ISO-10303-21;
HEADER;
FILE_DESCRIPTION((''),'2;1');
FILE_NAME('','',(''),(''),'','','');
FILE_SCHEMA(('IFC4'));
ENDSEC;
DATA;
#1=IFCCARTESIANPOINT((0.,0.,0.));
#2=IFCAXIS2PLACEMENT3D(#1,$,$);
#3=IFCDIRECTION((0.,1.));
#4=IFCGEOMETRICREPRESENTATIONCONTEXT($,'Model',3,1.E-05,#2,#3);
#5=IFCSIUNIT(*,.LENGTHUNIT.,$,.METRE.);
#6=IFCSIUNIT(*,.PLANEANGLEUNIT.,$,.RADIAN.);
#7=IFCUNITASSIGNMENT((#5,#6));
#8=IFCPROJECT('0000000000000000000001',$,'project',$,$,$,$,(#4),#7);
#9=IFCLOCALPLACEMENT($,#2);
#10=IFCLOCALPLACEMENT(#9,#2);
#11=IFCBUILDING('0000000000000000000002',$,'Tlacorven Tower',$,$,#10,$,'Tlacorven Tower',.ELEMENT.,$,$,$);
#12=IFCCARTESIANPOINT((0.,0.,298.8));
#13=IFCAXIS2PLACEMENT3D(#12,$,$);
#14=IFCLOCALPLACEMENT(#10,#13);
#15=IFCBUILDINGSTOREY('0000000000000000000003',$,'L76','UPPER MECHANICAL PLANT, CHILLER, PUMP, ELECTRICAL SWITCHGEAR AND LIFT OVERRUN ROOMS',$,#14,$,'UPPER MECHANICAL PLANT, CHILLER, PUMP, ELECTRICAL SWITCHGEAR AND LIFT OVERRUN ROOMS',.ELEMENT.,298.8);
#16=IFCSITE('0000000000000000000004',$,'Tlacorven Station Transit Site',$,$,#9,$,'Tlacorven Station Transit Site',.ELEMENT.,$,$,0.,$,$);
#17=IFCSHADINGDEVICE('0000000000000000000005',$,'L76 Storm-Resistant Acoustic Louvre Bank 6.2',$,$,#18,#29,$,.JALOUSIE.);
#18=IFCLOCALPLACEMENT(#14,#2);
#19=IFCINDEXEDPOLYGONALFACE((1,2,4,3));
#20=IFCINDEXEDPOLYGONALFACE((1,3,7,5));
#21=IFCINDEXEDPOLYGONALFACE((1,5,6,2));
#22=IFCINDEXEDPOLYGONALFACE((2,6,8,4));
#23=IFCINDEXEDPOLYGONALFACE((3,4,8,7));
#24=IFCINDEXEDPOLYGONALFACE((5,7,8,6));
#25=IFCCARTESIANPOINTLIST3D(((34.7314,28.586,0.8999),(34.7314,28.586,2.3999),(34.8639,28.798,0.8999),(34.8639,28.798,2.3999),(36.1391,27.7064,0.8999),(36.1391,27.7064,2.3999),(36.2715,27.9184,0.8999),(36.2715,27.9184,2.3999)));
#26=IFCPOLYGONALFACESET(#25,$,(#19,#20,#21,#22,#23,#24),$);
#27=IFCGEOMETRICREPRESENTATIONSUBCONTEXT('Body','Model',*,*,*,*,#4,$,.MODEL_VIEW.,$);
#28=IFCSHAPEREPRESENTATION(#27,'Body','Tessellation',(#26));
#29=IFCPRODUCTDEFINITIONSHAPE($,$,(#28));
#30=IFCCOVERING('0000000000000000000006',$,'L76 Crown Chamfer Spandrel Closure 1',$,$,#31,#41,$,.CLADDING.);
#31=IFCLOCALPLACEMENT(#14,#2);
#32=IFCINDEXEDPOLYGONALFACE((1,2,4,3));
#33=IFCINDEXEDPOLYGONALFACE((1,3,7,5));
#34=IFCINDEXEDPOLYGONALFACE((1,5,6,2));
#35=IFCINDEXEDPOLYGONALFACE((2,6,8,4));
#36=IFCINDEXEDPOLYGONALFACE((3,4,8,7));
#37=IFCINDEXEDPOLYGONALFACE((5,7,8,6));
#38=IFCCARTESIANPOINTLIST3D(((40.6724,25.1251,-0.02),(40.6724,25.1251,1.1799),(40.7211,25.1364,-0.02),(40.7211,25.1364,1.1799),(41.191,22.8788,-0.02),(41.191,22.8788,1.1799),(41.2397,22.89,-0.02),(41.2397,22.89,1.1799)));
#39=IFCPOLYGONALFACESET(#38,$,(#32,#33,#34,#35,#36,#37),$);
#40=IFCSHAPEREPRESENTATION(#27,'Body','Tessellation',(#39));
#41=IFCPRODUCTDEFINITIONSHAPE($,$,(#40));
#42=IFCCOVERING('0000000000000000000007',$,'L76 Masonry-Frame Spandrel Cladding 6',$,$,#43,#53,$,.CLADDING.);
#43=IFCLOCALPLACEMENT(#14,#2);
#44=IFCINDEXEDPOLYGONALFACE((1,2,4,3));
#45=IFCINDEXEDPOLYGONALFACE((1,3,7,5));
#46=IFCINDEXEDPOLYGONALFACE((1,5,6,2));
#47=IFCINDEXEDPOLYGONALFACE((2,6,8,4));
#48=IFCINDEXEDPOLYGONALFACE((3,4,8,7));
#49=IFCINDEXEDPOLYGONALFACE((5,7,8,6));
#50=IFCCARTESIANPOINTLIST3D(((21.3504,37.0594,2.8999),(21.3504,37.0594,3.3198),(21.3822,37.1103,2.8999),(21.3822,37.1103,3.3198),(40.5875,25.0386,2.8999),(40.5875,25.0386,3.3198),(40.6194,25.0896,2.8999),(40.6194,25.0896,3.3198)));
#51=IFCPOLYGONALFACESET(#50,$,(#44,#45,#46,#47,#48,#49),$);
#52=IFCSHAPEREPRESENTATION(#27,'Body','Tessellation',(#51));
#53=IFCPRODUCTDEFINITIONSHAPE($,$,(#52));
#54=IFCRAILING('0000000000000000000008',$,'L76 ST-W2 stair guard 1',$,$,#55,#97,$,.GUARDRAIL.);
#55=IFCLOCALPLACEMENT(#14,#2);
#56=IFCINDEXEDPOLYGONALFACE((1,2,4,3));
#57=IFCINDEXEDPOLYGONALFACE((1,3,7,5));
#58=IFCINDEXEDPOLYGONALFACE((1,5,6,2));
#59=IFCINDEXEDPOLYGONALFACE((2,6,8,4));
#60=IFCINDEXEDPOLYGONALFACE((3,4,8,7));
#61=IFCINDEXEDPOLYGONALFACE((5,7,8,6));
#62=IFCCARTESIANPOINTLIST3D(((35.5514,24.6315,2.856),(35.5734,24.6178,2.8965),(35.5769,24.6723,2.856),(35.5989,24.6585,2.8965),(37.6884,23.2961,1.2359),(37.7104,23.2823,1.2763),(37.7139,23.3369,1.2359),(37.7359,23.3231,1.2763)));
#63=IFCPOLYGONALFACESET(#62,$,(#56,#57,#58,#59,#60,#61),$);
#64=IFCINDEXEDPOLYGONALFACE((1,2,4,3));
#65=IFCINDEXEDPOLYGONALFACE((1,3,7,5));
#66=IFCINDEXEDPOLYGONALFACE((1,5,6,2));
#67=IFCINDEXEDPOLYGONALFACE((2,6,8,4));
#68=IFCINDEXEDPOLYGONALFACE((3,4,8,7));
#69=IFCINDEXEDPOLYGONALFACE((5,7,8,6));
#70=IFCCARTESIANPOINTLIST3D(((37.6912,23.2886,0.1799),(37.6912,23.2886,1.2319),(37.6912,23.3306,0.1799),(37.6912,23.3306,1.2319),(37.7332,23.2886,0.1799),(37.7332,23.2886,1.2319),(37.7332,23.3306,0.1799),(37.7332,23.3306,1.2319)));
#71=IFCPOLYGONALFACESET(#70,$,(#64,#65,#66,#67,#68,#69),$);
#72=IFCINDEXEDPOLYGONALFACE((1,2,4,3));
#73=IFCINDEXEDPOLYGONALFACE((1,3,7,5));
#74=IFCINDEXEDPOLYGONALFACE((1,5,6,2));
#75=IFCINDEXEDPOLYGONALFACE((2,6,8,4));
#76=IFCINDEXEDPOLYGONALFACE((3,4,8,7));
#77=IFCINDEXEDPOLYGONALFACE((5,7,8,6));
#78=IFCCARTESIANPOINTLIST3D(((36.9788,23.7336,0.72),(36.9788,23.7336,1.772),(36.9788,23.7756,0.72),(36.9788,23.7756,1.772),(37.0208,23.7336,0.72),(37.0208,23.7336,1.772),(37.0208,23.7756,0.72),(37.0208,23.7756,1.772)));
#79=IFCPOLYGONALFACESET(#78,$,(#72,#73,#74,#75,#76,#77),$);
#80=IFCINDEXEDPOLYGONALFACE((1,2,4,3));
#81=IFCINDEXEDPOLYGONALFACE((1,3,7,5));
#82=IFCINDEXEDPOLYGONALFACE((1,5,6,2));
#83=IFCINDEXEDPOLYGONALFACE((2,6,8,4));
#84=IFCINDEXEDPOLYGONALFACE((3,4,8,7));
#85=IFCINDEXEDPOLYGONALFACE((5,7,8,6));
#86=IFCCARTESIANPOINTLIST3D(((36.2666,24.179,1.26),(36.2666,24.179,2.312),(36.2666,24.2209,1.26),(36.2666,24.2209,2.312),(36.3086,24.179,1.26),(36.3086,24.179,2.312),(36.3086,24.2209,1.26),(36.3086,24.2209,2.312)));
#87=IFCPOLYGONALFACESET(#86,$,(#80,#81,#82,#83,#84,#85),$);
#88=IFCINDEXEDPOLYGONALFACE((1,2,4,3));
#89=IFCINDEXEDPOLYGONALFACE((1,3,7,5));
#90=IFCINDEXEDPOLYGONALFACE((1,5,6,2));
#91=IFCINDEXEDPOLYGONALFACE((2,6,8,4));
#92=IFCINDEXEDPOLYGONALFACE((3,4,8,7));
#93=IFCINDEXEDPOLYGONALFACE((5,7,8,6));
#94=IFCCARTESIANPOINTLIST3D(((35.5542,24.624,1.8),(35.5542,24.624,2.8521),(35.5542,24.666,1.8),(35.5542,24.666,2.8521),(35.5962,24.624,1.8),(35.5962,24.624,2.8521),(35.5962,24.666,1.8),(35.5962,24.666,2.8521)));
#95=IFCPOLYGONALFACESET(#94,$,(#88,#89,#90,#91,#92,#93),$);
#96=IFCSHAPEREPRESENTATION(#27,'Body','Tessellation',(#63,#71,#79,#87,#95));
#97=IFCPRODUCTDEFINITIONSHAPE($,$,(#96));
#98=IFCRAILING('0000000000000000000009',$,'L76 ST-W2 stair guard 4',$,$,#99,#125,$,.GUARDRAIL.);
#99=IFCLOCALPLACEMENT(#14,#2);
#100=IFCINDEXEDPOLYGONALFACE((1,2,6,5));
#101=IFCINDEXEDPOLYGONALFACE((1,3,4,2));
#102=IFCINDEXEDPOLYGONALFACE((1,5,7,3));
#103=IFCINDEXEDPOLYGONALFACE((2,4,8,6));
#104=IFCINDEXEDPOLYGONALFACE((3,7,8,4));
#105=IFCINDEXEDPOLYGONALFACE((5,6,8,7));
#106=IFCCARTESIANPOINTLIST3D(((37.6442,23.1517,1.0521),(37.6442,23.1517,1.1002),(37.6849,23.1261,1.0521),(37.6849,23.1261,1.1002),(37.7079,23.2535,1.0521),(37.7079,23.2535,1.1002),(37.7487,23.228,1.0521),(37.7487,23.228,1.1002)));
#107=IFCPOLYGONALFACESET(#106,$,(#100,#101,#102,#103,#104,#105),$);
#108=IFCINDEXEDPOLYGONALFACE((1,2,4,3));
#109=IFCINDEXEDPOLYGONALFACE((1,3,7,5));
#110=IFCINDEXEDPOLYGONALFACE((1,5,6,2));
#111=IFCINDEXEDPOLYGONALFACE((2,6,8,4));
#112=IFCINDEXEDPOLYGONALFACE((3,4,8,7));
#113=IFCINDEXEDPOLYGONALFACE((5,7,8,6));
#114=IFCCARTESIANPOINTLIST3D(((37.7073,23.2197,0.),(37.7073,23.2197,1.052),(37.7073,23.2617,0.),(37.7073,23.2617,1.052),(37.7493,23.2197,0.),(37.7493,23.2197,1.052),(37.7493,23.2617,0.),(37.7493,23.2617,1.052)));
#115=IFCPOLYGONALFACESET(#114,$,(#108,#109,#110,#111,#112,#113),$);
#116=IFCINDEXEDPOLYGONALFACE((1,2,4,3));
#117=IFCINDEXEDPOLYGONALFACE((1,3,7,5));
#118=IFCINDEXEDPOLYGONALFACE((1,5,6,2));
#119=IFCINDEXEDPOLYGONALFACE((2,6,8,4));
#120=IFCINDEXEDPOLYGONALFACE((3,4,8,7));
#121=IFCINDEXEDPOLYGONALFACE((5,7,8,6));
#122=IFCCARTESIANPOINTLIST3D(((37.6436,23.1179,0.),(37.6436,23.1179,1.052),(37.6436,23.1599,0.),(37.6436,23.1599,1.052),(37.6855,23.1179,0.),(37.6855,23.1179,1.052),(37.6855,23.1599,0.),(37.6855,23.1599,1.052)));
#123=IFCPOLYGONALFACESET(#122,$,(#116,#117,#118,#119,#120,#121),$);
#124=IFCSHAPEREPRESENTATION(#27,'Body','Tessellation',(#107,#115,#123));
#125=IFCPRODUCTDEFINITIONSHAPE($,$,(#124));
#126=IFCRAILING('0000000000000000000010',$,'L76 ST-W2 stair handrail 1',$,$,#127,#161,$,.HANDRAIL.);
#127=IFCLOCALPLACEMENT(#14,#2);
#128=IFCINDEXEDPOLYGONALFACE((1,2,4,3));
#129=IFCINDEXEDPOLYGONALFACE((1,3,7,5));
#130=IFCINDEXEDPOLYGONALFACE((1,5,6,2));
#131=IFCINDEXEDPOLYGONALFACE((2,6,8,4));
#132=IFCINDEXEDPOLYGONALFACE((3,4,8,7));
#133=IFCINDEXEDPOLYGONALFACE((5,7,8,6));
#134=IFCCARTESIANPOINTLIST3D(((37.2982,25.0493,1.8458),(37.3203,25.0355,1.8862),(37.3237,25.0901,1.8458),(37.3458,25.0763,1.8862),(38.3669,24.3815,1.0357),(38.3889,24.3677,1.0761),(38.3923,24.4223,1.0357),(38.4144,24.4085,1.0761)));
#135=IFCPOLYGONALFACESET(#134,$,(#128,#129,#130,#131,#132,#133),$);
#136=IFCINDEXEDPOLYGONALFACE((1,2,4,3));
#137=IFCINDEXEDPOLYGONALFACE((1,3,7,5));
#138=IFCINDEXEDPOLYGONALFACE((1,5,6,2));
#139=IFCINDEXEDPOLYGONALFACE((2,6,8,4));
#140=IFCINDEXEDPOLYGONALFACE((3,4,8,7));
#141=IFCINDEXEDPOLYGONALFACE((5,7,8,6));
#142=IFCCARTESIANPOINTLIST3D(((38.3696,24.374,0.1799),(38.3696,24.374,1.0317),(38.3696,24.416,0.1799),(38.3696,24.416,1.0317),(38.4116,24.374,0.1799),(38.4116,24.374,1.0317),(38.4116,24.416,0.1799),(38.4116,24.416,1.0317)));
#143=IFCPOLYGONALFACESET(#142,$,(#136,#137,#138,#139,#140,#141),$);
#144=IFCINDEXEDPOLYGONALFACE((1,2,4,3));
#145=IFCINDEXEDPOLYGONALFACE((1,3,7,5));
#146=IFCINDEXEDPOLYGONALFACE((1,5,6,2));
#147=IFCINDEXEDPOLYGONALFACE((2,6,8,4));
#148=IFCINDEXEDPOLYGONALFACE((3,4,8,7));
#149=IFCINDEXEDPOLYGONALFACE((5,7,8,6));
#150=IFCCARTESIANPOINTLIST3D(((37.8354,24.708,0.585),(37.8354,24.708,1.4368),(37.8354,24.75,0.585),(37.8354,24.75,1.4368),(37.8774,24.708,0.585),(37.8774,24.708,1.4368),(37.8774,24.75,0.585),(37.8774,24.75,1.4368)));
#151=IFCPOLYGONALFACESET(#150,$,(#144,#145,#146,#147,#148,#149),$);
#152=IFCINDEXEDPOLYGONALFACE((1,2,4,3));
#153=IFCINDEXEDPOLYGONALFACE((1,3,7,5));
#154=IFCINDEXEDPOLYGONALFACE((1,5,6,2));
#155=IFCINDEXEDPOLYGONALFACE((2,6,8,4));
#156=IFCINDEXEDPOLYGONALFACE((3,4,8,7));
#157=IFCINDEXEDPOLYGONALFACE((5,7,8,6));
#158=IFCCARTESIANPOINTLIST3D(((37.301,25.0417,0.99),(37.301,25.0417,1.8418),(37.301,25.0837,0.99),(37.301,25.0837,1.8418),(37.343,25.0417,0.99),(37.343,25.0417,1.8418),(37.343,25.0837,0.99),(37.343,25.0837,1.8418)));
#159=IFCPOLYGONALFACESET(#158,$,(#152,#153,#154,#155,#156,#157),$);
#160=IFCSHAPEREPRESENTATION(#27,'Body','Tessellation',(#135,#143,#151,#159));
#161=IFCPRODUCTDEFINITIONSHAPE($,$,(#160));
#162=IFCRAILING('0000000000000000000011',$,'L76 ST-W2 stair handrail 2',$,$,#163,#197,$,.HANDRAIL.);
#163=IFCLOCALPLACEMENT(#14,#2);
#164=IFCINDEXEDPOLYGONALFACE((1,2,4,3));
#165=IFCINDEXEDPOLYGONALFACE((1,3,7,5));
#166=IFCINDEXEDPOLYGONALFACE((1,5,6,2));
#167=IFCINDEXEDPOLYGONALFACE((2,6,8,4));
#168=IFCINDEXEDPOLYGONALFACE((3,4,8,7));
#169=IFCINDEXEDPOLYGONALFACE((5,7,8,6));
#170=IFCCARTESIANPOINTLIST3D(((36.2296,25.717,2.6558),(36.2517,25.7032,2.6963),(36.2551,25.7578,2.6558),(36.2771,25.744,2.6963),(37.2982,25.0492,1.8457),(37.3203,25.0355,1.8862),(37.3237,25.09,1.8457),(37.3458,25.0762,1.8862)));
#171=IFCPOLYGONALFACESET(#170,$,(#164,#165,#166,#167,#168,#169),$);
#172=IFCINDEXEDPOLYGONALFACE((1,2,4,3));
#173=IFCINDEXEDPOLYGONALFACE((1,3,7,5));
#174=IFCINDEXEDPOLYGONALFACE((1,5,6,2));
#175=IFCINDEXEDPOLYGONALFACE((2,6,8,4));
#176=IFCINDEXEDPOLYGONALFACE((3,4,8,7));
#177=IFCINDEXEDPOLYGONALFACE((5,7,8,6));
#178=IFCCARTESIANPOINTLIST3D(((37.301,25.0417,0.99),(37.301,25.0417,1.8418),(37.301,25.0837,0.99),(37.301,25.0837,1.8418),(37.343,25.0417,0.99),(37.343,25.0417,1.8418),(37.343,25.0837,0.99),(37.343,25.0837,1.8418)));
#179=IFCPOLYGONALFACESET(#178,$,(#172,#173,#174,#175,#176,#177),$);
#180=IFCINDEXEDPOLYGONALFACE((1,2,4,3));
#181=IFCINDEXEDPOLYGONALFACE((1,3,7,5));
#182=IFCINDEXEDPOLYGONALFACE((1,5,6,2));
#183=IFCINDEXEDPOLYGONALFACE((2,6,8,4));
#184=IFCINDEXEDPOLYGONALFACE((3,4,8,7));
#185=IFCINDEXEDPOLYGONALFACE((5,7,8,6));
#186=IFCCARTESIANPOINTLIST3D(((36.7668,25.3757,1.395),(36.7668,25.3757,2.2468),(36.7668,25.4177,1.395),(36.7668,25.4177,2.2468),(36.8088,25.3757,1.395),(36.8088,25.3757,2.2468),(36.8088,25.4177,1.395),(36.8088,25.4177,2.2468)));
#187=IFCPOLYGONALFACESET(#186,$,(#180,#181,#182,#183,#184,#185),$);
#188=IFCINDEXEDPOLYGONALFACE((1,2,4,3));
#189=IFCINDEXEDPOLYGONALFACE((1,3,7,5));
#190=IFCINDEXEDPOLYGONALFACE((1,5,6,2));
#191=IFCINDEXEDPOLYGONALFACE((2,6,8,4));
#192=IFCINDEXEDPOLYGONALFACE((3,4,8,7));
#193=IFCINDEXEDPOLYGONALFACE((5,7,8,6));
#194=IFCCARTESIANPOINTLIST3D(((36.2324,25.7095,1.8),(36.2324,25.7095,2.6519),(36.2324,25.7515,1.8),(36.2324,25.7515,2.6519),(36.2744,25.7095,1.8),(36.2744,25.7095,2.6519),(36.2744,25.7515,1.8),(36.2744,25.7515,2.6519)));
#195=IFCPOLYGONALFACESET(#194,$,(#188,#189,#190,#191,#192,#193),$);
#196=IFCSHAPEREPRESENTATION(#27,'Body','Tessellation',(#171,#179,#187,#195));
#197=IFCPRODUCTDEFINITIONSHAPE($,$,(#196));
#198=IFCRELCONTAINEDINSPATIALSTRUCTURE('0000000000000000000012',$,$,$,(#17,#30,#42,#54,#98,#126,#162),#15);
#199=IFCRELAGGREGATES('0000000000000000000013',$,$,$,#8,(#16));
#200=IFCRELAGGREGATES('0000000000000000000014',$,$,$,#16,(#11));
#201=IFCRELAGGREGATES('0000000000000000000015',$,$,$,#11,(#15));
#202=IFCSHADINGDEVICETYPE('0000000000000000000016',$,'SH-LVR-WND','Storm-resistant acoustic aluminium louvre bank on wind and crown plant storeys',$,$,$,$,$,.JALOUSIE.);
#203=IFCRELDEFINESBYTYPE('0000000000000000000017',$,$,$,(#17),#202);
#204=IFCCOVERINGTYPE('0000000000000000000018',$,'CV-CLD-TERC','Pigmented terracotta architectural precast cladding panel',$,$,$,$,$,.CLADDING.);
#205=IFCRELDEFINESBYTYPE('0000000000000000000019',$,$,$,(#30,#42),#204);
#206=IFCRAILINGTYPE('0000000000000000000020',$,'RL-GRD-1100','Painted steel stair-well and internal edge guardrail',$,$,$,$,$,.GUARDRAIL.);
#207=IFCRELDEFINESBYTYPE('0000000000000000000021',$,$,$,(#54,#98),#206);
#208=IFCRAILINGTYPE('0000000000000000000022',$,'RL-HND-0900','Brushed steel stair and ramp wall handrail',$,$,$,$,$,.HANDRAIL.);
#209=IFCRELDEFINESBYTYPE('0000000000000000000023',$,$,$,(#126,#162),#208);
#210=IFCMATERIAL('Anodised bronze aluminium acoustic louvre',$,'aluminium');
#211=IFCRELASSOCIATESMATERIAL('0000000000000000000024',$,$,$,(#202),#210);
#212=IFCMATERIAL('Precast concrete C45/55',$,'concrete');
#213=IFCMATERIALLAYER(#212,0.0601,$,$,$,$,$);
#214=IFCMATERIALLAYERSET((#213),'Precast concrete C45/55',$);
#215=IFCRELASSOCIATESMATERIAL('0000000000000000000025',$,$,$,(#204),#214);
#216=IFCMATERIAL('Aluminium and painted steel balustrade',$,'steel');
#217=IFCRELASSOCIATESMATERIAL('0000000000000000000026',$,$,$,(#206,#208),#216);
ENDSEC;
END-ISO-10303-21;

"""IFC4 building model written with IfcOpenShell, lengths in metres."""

from ifc_helpers import new_model, si_unit, direction, frame, origin, origin_2d, place, context, subcontext, project, spatial, rectangle, extrude, source, transform, mapped, material, layer, layer_set, type_object, element, save


model = new_model("IFC4")

# Units and contexts
model_context = context("Model", 3, precision=1e-05, world=origin(), true_north=direction((0.0, 1.0)))
body_context = subcontext(model_context, "Body", "Model", "MODEL_VIEW")
ifc_project = project(units=[si_unit("LENGTHUNIT", "METRE"), si_unit("PLANEANGLEUNIT", "RADIAN")], contexts=[model_context])

# Site, building, storey
site_placement = place(None, origin())
site = spatial("IfcSite", under=ifc_project, at=site_placement, Name="Tlacorven Station Transit Site", LongName="Tlacorven Station Transit Site", CompositionType="ELEMENT", RefElevation=0.0)
building_placement = place(site_placement, origin())
building = spatial("IfcBuilding", under=site, at=building_placement, Name="Tlacorven Tower", LongName="Tlacorven Tower", CompositionType="ELEMENT")
storey_placement = place(building_placement, frame((0.0, 0.0, 298.8)))
storey = spatial("IfcBuildingStorey", under=building, at=storey_placement, Name="L76", Description="UPPER MECHANICAL PLANT, CHILLER, PUMP, ELECTRICAL SWITCHGEAR AND LIFT OVERRUN ROOMS", LongName="UPPER MECHANICAL PLANT, CHILLER, PUMP, ELECTRICAL SWITCHGEAR AND LIFT OVERRUN ROOMS", CompositionType="ELEMENT", Elevation=298.8)

# Shared definitions
ifc_material_1 = material(Name="Precast concrete C45/55", Category="concrete")

# Shading device
ifc_material_2 = material(Name="Anodised bronze aluminium acoustic louvre", Category="aluminium")
shading_device_type = type_object("IfcShadingDeviceType", Name="SH-LVR-WND", Description="Storm-resistant acoustic aluminium louvre bank on wind and crown plant storeys", PredefinedType="JALOUSIE", material=ifc_material_2)
shared_shape_1 = source(origin(), body_context, "Body", "SweptSolid", [
    extrude(rectangle(XDim=1.6599, YDim=0.25, at=origin_2d()), origin(), (0.0, 0.0, 1.0), 1.5),
])
shading_device_placement = place(storey_placement, frame((35.5015, 28.2522, 0.8999), z_axis=(0.0, 0.0, 1.0), x_axis=(0.848048, -0.529919, 0.0)))
element("IfcShadingDevice", 1, at=shading_device_placement, inside=storey, type_object=shading_device_type, Name="L76 Storm-Resistant Acoustic Louvre Bank 6.2", PredefinedType="JALOUSIE", context=body_context, shape_type="MappedRepresentation", body=[
    mapped(shared_shape_1, transform((0.0, 0.0, 0.0), scale=1.0)),
])

# Coverings
ifc_layer_1 = layer(ifc_material_1, 0.0601)
ifc_layer_set_1 = layer_set([ifc_layer_1], Name="Precast concrete C45/55")
covering_type = type_object("IfcCoveringType", Name="CV-CLD-TERC", Description="Pigmented terracotta architectural precast cladding panel", PredefinedType="CLADDING", material=ifc_layer_set_1)
shared_shape_2 = source(origin(), body_context, "Body", "SweptSolid", [
    extrude(rectangle(XDim=2.3054, YDim=0.05, at=origin_2d()), origin(), (0.0, 0.0, 1.0), 1.2),
])
covering_1_placement = place(storey_placement, frame((40.9561, 24.0076, -0.02), z_axis=(0.0, 0.0, 1.0), x_axis=(0.22495, -0.97437, 0.0)))
element("IfcCovering", 2, at=covering_1_placement, inside=storey, type_object=covering_type, Name="L76 Crown Chamfer Spandrel Closure 1", PredefinedType="CLADDING", context=body_context, shape_type="MappedRepresentation", body=[
    mapped(shared_shape_2, transform((0.0, 0.0, 0.0), scale=1.0)),
])
shared_shape_3 = source(origin(), body_context, "Body", "SweptSolid", [
    extrude(rectangle(XDim=22.6841, YDim=0.0601, at=origin_2d()), origin(), (0.0, 0.0, 1.0), 0.4199),
])
covering_2_placement = place(storey_placement, frame((30.9849, 31.0745, 2.8999), z_axis=(0.0, 0.0, 1.0), x_axis=(0.848048, -0.529919, 0.0)))
element("IfcCovering", 3, at=covering_2_placement, inside=storey, type_object=covering_type, Name="L76 Masonry-Frame Spandrel Cladding 6", PredefinedType="CLADDING", context=body_context, shape_type="MappedRepresentation", body=[
    mapped(shared_shape_3, transform((0.0, 0.0, 0.0), scale=1.0)),
])

# Railings
ifc_material_3 = material(Name="Aluminium and painted steel balustrade", Category="steel")
railing_type_1 = type_object("IfcRailingType", Name="RL-GRD-1100", Description="Painted steel stair-well and internal edge guardrail", PredefinedType="GUARDRAIL", material=ifc_material_3)
shared_shape_4 = source(origin(), body_context, "Body", "SweptSolid", [
    extrude(rectangle(XDim=0.0481, YDim=0.0481, at=origin_2d()), frame((0.0, 0.0, 1.0762), z_axis=(-0.71332, 0.445774, 0.540796), x_axis=(-0.529955, -0.848026, 0.0)), (0.0, 0.0, 1.0), 2.9958),
    extrude(rectangle(XDim=0.042, YDim=0.042, at=origin_2d()), origin(), (0.0, 0.0, 1.0), 1.052),
    extrude(rectangle(XDim=0.042, YDim=0.042, at=origin_2d()), frame((-0.7124, 0.4451, 0.54)), (0.0, 0.0, 1.0), 1.052),
    extrude(rectangle(XDim=0.042, YDim=0.042, at=origin_2d()), frame((-1.4246, 0.8904, 1.0801)), (0.0, 0.0, 1.0), 1.052),
    extrude(rectangle(XDim=0.042, YDim=0.042, at=origin_2d()), frame((-2.137, 1.3354, 1.6201)), (0.0, 0.0, 1.0), 1.052),
])
railing_1_placement = place(storey_placement, frame((37.7122, 23.3096, 0.1799)))
element("IfcRailing", 4, at=railing_1_placement, inside=storey, type_object=railing_type_1, Name="L76 ST-W2 stair guard 1", PredefinedType="GUARDRAIL", context=body_context, shape_type="MappedRepresentation", body=[
    mapped(shared_shape_4, transform((0.0, 0.0, 0.0), scale=1.0)),
])
shared_shape_5 = source(origin(), body_context, "Body", "SweptSolid", [
    extrude(rectangle(XDim=0.0481, YDim=0.0481, at=origin_2d()), frame((0.0, 0.0, 1.0762), z_axis=(-0.530547, -0.847656, 0.0), x_axis=(0.847656, -0.530547, 0.0)), (0.0, 0.0, 1.0), 0.1201),
    extrude(rectangle(XDim=0.042, YDim=0.042, at=origin_2d()), origin(), (0.0, 0.0, 1.0), 1.052),
    extrude(rectangle(XDim=0.042, YDim=0.042, at=origin_2d()), frame((-0.0637, -0.1018, 0.0)), (0.0, 0.0, 1.0), 1.052),
])
railing_2_placement = place(storey_placement, frame((37.7283, 23.2407, 0.0)))
element("IfcRailing", 5, at=railing_2_placement, inside=storey, type_object=railing_type_1, Name="L76 ST-W2 stair guard 4", PredefinedType="GUARDRAIL", context=body_context, shape_type="MappedRepresentation", body=[
    mapped(shared_shape_5, transform((0.0, 0.0, 0.0), scale=1.0)),
])
railing_type_2 = type_object("IfcRailingType", Name="RL-HND-0900", Description="Brushed steel stair and ramp wall handrail", PredefinedType="HANDRAIL", material=ifc_material_3)
shared_shape_6 = source(origin(), body_context, "Body", "SweptSolid", [
    extrude(rectangle(XDim=0.0481, YDim=0.0481, at=origin_2d()), frame((0.0, 0.0, 0.876), z_axis=(-0.71336, 0.445748, 0.540765), x_axis=(-0.529912, -0.848053, 0.0)), (0.0, 0.0, 1.0), 1.498),
    extrude(rectangle(XDim=0.042, YDim=0.042, at=origin_2d()), origin(), (0.0, 0.0, 1.0), 0.8518),
    extrude(rectangle(XDim=0.042, YDim=0.042, at=origin_2d()), frame((-0.5342, 0.334, 0.405)), (0.0, 0.0, 1.0), 0.8518),
    extrude(rectangle(XDim=0.042, YDim=0.042, at=origin_2d()), frame((-1.0686, 0.6677, 0.8101)), (0.0, 0.0, 1.0), 0.8518),
])
for number, where, name in (
    (6, (38.3906, 24.395, 0.1799), "L76 ST-W2 stair handrail 1"),
    (7, (37.322, 25.0627, 0.99), "L76 ST-W2 stair handrail 2"),
):
    element("IfcRailing", number, at=place(storey_placement, frame(where)), inside=storey, type_object=railing_type_2, Name=name, PredefinedType="HANDRAIL", context=body_context, shape_type="MappedRepresentation", body=[
        mapped(shared_shape_6, transform((0.0, 0.0, 0.0), scale=1.0)),
    ])

save(model, "model.ifc")
